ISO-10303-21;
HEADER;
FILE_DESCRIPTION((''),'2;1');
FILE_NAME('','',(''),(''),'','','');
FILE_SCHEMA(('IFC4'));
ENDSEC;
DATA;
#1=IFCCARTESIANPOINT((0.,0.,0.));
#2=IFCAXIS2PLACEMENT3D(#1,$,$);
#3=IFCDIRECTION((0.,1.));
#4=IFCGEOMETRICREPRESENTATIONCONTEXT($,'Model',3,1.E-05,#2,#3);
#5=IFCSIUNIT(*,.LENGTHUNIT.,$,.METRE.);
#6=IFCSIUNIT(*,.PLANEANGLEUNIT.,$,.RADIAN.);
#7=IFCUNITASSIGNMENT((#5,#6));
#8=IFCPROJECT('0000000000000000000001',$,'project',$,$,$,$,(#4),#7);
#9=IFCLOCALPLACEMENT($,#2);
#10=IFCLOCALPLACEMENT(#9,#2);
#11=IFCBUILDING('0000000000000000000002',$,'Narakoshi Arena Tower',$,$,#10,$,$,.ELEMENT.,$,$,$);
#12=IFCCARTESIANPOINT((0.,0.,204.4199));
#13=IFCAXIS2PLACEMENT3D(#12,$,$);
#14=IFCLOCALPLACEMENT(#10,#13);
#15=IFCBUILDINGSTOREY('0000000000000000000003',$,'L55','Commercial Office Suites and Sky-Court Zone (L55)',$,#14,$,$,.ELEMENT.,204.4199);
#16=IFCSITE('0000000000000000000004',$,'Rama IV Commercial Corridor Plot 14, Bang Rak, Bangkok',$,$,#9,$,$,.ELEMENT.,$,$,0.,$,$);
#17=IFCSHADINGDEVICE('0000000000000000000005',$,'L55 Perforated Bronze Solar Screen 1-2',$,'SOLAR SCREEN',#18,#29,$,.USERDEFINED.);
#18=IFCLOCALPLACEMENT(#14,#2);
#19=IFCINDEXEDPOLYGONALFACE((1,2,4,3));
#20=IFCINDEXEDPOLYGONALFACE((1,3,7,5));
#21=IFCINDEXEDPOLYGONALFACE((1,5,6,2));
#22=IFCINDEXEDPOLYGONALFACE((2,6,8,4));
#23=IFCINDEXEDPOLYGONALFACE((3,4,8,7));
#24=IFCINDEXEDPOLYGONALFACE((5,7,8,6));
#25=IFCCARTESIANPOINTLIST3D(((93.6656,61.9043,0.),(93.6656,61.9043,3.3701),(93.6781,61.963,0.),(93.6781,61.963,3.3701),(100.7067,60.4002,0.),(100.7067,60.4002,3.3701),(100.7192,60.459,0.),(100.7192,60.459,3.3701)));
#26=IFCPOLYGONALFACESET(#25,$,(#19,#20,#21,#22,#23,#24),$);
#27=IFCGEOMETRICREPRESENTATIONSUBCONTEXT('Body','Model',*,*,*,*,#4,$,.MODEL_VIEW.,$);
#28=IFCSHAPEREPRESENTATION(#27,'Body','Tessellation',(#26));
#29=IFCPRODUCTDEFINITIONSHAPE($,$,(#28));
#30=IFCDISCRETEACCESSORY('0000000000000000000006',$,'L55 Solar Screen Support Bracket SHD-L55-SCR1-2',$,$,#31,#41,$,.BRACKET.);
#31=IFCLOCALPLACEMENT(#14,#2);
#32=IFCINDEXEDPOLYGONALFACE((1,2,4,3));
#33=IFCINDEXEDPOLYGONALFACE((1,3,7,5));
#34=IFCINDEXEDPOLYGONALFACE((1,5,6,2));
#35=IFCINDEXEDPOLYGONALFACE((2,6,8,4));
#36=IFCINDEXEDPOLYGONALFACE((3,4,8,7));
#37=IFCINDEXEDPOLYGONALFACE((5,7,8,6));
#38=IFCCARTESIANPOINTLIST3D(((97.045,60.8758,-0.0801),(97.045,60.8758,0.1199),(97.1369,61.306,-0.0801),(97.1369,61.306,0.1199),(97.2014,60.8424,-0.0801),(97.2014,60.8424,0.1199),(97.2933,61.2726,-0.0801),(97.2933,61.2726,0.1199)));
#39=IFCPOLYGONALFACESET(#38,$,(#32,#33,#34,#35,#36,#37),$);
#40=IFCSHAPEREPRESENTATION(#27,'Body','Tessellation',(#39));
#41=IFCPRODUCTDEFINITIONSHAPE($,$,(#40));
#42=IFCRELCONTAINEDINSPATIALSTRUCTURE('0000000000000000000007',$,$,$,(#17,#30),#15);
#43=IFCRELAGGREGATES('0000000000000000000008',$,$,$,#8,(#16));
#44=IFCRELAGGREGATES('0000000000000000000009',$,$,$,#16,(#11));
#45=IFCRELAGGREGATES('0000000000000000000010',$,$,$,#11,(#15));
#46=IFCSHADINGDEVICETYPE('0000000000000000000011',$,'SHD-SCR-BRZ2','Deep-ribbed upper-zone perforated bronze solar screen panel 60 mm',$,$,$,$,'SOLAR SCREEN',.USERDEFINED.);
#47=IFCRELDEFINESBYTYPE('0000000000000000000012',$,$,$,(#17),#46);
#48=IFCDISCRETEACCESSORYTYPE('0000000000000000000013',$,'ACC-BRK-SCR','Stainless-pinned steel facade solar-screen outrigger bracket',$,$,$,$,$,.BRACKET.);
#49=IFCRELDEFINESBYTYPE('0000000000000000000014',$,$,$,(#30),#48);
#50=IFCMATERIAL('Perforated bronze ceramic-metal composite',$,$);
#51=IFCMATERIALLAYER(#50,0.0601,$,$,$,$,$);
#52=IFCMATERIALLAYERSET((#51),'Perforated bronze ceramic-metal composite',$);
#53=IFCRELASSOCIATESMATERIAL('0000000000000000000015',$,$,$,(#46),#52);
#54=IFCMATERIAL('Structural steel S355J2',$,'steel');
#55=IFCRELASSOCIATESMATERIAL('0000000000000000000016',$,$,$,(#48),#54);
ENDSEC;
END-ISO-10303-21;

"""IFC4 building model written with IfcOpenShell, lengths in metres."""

from ifc_helpers import new_model, si_unit, direction, frame, origin, origin_2d, place, context, subcontext, project, spatial, rectangle, extrude, material, layer, layer_set, type_object, element, save


model = new_model("IFC4")

# Units and contexts
model_context = context("Model", 3, precision=1e-05, world=origin(), true_north=direction((0.0, 1.0)))
body_context = subcontext(model_context, "Body", "Model", "MODEL_VIEW")
ifc_project = project(units=[si_unit("LENGTHUNIT", "METRE"), si_unit("PLANEANGLEUNIT", "RADIAN")], contexts=[model_context])

# Site, building, storey
site_placement = place(None, origin())
site = spatial("IfcSite", under=ifc_project, at=site_placement, Name="Rama IV Commercial Corridor Plot 14, Bang Rak, Bangkok", CompositionType="ELEMENT", RefElevation=0.0)
building_placement = place(site_placement, origin())
building = spatial("IfcBuilding", under=site, at=building_placement, Name="Narakoshi Arena Tower", CompositionType="ELEMENT")
storey_placement = place(building_placement, frame((0.0, 0.0, 204.4199)))
storey = spatial("IfcBuildingStorey", under=building, at=storey_placement, Name="L55", Description="Commercial Office Suites and Sky-Court Zone (L55)", CompositionType="ELEMENT", Elevation=204.4199)

# Shared definitions
ifc_material_1 = material(Name="Structural steel S355J2", Category="steel")

# Shading device
ifc_material_2 = material(Name="Perforated bronze ceramic-metal composite")
ifc_layer_1 = layer(ifc_material_2, 0.0601)
ifc_layer_set_1 = layer_set([ifc_layer_1], Name="Perforated bronze ceramic-metal composite")
shading_device_type = type_object("IfcShadingDeviceType", Name="SHD-SCR-BRZ2", Description="Deep-ribbed upper-zone perforated bronze solar screen panel 60 mm", ElementType="SOLAR SCREEN", PredefinedType="USERDEFINED", material=ifc_layer_set_1)
shading_device_placement = place(storey_placement, frame((97.1924, 61.1816, 0.0), z_axis=(0.0, 0.0, 1.0), x_axis=(-0.977937, 0.208902, 0.0)))
element("IfcShadingDevice", 1, at=shading_device_placement, inside=storey, type_object=shading_device_type, Name="L55 Perforated Bronze Solar Screen 1-2", ObjectType="SOLAR SCREEN", PredefinedType="USERDEFINED", context=body_context, shape_type="SweptSolid", body=[
    extrude(rectangle(XDim=7.2, YDim=0.0601, at=origin_2d()), origin(), (0.0, 0.0, 1.0), 3.3701),
])

# Discrete accessory
discrete_accessory_type = type_object("IfcDiscreteAccessoryType", Name="ACC-BRK-SCR", Description="Stainless-pinned steel facade solar-screen outrigger bracket", PredefinedType="BRACKET", material=ifc_material_1)
discrete_accessory_placement = place(storey_placement, frame((97.1692, 61.0742, -0.0801), z_axis=(0.0, 0.0, 1.0), x_axis=(-0.977937, 0.208902, 0.0)))
element("IfcDiscreteAccessory", 2, at=discrete_accessory_placement, inside=storey, type_object=discrete_accessory_type, Name="L55 Solar Screen Support Bracket SHD-L55-SCR1-2", PredefinedType="BRACKET", context=body_context, shape_type="SweptSolid", body=[
    extrude(rectangle(XDim=0.1599, YDim=0.4399, at=origin_2d()), origin(), (0.0, 0.0, 1.0), 0.2),
])

save(model, "model.ifc")
